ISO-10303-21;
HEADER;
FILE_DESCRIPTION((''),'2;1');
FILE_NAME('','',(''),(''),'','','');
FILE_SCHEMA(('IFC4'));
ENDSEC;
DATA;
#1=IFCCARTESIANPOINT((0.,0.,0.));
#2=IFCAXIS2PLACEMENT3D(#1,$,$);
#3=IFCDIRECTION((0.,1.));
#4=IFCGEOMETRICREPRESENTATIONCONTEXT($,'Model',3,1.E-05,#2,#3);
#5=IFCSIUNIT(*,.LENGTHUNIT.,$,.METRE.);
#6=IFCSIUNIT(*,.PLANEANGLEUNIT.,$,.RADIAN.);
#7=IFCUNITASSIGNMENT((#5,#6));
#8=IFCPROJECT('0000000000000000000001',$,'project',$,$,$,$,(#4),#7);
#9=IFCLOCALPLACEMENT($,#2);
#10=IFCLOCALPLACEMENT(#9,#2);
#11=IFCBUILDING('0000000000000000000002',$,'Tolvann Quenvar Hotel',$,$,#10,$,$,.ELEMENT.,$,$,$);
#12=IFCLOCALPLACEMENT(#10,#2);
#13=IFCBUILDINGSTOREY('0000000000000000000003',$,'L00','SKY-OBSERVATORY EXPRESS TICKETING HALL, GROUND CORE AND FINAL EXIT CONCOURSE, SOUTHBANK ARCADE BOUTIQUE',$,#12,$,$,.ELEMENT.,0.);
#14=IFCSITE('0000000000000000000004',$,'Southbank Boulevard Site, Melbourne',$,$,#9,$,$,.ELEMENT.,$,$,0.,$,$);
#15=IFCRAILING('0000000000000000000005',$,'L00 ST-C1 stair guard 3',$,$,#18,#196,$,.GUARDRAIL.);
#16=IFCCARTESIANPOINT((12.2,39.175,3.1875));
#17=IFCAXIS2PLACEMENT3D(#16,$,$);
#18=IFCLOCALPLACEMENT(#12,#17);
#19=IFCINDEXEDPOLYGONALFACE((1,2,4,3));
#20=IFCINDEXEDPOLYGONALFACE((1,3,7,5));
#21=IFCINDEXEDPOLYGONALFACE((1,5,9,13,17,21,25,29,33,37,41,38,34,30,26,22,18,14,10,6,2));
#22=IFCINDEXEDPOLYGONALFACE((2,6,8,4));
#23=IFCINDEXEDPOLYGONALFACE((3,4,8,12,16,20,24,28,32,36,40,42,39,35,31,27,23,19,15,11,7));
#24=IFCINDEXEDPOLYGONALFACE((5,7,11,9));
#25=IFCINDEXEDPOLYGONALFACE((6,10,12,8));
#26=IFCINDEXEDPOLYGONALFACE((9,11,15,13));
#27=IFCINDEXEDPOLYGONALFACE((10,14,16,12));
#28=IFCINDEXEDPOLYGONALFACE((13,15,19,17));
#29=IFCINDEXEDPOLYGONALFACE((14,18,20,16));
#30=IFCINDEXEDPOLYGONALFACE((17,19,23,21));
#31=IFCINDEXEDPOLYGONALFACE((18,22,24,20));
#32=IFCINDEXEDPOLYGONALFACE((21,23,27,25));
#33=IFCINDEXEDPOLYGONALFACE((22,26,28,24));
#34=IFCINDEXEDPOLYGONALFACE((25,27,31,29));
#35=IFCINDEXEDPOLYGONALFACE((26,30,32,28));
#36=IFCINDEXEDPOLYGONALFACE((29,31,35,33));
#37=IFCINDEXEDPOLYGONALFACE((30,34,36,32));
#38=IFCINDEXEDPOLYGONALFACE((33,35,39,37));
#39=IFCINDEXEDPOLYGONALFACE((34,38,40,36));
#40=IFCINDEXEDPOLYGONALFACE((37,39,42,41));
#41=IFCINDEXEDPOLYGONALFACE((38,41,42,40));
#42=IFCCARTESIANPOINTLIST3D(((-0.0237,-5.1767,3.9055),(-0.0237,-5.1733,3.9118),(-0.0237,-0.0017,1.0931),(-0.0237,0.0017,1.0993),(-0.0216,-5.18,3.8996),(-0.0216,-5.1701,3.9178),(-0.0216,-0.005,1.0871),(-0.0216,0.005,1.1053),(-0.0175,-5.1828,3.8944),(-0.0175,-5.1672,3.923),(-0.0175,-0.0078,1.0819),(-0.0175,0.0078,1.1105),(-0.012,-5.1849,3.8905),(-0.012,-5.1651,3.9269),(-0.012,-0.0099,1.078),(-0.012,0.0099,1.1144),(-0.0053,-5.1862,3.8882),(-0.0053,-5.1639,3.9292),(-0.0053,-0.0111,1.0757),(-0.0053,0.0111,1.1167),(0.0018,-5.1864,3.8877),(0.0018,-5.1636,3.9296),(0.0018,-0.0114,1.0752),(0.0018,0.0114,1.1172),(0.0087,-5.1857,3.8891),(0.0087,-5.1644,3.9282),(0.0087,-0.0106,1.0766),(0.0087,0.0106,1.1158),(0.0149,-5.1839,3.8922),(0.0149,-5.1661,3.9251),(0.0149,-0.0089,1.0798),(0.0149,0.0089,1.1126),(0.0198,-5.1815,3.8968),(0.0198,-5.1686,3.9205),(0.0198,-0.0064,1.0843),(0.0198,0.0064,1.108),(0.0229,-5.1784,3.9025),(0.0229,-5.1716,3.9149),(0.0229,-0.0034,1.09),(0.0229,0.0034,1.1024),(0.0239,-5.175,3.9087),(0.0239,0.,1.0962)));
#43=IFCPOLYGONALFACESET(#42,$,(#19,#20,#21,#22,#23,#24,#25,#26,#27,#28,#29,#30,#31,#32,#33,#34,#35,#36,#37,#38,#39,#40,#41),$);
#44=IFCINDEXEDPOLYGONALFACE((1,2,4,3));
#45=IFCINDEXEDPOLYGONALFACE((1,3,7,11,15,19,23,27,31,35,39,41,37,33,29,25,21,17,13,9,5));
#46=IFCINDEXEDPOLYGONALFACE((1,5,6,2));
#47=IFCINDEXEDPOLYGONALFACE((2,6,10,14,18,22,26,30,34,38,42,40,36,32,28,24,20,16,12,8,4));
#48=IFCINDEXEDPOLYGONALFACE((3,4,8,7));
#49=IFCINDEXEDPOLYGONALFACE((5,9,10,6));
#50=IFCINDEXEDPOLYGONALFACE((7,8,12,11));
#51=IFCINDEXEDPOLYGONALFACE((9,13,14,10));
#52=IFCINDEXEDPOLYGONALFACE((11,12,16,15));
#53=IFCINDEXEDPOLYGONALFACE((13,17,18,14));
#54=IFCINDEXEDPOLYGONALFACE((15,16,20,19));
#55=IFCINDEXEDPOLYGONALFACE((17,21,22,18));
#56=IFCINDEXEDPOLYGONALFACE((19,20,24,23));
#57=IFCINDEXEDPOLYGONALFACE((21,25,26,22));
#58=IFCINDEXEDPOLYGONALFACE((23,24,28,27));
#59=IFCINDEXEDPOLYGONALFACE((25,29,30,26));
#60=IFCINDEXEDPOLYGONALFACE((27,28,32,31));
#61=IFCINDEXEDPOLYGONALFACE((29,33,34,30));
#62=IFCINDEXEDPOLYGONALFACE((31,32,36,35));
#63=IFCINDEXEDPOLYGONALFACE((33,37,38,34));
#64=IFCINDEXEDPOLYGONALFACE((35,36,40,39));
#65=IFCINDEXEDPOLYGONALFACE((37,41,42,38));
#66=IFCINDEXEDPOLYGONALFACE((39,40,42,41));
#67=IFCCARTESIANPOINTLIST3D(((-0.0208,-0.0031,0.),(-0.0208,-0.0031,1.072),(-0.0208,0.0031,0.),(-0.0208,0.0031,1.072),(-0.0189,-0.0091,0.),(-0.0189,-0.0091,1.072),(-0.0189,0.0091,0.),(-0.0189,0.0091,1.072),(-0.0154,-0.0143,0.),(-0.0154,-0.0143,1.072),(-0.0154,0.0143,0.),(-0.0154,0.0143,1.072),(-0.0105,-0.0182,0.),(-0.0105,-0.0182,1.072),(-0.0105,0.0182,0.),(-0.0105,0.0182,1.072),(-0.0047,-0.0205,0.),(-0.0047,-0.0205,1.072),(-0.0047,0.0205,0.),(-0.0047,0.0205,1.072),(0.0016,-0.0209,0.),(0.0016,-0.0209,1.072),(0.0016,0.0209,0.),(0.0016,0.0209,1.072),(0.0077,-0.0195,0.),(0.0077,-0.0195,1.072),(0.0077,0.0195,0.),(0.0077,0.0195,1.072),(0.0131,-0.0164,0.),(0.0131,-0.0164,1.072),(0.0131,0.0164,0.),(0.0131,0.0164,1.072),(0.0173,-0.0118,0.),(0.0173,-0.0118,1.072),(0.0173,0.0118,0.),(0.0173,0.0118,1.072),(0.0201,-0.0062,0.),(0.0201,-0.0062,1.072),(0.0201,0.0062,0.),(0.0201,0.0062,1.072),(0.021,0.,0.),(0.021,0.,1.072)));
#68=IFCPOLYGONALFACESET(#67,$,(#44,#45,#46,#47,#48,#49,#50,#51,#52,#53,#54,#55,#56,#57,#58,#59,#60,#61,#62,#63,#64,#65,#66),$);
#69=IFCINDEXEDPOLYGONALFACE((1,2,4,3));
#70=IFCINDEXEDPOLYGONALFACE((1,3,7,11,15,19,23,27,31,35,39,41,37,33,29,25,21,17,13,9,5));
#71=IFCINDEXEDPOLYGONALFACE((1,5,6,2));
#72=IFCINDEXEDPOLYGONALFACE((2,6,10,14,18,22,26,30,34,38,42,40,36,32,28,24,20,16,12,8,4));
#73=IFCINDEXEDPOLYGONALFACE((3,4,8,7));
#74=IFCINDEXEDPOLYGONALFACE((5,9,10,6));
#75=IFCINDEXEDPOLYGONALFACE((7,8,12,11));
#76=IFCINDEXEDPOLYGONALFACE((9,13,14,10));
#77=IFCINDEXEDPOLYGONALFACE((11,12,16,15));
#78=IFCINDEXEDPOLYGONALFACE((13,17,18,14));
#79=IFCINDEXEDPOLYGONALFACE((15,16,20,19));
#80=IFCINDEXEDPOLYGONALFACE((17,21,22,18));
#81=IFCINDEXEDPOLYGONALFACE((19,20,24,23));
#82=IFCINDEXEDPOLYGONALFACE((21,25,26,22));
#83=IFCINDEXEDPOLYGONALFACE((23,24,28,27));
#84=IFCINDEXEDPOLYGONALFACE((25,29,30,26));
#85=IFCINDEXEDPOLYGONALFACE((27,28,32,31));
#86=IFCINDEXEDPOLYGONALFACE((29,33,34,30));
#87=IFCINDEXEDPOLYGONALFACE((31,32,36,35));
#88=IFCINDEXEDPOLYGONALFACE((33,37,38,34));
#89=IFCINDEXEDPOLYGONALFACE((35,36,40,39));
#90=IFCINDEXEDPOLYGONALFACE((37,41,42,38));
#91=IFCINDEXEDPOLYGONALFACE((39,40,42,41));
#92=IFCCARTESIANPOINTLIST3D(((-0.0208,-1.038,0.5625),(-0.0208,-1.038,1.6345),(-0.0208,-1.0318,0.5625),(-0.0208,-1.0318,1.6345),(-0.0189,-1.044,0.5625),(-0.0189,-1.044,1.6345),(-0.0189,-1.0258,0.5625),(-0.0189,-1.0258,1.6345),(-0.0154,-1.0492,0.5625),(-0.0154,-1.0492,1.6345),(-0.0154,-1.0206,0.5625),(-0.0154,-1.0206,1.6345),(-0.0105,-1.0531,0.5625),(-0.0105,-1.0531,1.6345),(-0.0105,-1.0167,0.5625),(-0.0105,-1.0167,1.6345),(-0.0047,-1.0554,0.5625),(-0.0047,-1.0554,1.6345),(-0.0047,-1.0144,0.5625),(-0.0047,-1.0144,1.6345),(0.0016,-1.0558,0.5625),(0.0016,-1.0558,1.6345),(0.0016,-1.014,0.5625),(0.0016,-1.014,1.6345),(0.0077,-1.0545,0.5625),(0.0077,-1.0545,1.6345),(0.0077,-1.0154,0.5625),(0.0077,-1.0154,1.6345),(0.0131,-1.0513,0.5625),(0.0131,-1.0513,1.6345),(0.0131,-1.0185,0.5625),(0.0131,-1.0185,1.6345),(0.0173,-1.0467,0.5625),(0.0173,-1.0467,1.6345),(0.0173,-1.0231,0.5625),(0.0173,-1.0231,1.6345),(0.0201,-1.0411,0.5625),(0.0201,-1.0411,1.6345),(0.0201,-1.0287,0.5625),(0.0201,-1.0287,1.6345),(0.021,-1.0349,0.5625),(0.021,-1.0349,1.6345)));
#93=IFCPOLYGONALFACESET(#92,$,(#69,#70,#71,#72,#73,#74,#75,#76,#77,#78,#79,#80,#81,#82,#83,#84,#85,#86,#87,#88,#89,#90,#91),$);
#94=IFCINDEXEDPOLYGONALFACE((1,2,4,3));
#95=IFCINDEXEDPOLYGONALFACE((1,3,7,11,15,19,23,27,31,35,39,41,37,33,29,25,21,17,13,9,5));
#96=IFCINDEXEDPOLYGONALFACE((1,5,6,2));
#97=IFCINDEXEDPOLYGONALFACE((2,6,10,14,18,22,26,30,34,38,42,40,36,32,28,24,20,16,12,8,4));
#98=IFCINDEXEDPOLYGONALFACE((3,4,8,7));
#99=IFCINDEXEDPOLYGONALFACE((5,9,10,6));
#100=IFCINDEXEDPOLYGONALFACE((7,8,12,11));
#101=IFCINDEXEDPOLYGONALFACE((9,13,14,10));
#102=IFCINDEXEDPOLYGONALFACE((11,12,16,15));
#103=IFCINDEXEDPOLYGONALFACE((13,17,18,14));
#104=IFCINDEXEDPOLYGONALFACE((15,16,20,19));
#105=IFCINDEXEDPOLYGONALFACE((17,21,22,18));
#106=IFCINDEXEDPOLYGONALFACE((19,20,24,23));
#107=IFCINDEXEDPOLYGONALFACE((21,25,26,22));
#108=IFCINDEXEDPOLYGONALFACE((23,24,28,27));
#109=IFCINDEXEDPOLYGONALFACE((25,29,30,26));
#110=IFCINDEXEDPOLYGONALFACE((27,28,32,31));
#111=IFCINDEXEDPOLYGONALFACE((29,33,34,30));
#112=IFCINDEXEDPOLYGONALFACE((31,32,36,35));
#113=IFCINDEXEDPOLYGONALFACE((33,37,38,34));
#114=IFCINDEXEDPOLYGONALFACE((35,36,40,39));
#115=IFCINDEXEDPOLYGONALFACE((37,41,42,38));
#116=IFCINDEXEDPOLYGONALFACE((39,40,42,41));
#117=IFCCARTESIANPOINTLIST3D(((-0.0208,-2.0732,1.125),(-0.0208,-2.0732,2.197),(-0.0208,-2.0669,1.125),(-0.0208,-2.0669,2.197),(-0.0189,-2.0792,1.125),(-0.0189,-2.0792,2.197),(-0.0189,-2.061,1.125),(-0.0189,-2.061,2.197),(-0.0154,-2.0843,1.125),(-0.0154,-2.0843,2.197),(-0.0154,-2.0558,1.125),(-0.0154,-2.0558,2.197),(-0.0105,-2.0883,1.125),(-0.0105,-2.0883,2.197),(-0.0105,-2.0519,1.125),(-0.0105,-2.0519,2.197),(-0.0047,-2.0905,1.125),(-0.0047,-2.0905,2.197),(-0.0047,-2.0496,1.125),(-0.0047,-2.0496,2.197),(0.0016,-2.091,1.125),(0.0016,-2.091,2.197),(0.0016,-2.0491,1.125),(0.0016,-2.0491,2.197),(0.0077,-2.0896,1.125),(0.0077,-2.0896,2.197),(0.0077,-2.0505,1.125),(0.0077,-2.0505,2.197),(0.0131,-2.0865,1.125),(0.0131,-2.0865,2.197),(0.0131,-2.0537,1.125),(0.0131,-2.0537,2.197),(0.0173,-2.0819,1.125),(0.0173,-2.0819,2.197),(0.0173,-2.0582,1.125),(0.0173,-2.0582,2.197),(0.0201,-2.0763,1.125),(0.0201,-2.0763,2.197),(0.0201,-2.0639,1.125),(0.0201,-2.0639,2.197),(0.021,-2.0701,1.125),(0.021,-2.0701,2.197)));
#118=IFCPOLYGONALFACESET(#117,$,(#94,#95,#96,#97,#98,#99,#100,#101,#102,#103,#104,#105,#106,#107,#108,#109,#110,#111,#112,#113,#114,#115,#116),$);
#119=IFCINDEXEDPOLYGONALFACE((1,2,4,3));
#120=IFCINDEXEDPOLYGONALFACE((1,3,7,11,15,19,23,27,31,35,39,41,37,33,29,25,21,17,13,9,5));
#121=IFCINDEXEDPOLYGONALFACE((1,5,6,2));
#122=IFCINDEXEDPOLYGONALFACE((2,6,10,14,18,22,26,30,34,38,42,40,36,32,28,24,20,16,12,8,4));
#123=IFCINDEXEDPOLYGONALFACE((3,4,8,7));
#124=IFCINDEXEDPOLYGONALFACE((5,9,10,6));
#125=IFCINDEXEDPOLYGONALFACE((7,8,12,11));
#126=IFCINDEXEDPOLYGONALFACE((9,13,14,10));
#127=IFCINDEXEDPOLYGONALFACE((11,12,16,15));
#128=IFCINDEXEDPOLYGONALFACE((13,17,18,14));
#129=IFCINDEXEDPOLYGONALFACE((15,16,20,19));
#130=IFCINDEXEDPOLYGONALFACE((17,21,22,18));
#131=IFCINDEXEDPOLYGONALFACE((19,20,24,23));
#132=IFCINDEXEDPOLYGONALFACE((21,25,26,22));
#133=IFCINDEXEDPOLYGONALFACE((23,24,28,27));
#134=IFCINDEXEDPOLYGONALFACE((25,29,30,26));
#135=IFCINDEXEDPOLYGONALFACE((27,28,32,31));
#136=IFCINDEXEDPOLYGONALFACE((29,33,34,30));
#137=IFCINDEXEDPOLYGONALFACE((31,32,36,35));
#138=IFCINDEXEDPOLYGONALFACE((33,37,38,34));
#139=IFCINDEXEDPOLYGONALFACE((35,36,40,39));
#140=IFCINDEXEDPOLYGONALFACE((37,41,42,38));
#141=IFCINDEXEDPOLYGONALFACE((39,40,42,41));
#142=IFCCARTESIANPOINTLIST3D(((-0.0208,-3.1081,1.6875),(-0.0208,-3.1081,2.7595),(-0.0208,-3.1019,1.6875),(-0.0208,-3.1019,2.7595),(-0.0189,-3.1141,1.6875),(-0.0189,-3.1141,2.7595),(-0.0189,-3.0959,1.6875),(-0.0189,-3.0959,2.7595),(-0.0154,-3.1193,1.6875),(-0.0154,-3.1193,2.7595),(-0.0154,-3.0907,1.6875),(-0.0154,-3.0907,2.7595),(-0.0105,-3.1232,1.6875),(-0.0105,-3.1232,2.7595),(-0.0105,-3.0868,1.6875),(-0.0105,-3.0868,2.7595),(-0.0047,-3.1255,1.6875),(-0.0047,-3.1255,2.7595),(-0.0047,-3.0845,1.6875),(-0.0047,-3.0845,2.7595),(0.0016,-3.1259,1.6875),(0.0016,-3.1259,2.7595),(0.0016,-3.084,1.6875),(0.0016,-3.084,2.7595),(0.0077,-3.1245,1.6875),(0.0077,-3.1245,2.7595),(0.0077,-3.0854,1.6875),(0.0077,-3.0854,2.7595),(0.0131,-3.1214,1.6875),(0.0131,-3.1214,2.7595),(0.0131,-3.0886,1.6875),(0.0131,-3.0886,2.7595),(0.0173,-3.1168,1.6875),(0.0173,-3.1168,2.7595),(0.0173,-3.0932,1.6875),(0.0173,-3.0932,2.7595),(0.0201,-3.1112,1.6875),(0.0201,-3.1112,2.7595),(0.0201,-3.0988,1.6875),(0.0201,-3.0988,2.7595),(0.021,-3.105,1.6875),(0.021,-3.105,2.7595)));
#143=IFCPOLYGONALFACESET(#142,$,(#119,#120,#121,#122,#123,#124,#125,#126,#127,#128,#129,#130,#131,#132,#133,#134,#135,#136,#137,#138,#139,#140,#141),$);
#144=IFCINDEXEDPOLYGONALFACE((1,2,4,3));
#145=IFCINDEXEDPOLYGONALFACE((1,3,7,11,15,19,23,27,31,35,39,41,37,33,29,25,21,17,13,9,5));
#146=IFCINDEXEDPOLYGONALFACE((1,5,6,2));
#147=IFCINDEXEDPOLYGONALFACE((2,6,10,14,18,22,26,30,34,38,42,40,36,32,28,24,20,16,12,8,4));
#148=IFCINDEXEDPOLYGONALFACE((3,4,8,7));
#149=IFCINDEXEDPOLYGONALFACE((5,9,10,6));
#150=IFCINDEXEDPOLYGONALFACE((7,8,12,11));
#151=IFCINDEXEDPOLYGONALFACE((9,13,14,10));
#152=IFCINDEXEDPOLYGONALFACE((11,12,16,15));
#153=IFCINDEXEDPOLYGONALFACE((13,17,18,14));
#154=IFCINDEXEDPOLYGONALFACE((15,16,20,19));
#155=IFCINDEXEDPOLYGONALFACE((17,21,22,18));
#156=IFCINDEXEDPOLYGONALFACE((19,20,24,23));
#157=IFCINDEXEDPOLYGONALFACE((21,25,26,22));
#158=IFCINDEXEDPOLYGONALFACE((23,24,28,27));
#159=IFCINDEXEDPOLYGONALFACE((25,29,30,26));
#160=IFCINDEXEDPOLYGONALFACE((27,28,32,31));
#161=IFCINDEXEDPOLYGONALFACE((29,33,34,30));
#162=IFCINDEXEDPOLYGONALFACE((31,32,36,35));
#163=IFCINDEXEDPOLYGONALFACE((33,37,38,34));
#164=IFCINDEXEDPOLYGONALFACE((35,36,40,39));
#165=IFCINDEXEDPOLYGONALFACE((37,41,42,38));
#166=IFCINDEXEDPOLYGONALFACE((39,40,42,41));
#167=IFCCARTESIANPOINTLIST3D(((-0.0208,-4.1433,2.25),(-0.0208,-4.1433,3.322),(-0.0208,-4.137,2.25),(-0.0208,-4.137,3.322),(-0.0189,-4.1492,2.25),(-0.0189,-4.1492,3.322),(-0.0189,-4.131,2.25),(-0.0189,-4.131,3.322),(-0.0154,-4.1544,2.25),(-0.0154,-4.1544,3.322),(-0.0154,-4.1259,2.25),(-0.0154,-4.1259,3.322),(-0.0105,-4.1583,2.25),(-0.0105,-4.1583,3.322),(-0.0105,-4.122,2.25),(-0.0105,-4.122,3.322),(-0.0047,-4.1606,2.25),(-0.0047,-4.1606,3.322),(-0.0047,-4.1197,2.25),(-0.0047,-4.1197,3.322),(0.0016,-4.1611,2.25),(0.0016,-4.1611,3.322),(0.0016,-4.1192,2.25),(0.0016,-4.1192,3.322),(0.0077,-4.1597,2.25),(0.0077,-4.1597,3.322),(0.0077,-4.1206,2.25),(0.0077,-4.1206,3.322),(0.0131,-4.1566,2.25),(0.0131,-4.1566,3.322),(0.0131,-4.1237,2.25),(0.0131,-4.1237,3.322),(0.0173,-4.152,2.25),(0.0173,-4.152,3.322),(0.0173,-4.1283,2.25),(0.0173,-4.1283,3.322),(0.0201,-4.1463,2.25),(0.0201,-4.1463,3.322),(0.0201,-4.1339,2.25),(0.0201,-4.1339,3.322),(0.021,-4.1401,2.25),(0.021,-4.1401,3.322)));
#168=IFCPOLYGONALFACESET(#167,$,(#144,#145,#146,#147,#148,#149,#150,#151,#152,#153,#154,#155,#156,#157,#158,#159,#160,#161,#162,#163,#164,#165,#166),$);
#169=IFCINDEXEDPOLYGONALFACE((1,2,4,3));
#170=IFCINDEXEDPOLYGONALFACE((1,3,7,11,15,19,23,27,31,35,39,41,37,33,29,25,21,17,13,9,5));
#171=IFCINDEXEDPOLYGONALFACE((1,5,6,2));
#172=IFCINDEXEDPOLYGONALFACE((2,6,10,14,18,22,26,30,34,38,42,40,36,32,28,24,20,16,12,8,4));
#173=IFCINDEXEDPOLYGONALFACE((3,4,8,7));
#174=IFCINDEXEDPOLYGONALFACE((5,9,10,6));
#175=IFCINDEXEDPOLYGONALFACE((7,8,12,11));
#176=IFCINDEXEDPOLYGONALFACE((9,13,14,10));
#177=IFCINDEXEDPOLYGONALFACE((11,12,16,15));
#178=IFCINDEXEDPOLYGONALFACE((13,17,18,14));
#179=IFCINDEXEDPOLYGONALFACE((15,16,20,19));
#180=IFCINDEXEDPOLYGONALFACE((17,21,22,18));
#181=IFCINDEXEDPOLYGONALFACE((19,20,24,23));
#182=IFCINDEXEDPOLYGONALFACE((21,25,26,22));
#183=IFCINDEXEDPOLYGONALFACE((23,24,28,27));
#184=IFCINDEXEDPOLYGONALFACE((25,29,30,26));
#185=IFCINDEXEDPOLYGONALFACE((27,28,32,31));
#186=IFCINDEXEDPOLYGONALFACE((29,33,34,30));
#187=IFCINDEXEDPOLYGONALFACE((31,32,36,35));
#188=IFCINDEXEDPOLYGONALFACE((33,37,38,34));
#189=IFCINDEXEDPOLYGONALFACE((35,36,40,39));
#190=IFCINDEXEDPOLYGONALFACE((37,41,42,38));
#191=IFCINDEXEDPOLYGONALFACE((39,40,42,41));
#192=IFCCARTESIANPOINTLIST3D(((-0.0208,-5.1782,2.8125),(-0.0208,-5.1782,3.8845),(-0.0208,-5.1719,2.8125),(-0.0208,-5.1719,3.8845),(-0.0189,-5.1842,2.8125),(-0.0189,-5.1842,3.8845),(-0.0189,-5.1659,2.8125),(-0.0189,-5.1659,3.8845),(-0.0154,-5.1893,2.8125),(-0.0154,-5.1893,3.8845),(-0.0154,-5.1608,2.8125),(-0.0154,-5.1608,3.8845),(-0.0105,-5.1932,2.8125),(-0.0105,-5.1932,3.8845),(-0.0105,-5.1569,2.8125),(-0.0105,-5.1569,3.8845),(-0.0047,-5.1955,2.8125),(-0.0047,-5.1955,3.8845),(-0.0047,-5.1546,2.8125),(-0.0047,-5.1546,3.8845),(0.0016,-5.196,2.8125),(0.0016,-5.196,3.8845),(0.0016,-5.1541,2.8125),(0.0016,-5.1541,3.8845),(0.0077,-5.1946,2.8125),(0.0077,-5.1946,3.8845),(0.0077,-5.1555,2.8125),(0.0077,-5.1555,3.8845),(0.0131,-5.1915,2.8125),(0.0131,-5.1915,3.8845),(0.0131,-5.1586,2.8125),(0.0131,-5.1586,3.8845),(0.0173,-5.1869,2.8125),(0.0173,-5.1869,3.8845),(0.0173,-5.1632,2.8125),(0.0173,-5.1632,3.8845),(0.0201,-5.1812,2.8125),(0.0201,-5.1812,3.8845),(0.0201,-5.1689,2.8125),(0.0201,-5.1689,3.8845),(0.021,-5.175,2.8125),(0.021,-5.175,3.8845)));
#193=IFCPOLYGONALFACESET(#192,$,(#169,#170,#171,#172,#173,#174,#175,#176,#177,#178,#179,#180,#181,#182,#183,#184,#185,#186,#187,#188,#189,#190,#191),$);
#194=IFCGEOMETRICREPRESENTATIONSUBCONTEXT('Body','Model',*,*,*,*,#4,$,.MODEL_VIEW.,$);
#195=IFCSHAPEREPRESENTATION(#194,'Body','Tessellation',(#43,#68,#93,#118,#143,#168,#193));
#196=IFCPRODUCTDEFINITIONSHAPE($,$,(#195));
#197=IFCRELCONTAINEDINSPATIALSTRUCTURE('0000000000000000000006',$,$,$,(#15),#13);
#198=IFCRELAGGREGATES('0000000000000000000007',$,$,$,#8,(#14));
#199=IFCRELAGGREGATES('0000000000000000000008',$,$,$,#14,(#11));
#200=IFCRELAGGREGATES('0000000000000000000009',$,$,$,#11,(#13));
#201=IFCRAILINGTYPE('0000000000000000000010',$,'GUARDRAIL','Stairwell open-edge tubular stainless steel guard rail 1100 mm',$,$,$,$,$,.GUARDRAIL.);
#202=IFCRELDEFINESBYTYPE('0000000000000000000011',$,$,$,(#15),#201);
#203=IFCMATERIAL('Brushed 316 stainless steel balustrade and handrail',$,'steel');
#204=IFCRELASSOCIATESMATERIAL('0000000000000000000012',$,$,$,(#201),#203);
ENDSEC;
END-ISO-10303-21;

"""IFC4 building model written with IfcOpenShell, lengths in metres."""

from ifc_helpers import new_model, si_unit, direction, frame, origin, origin_2d, place, context, subcontext, project, spatial, circle, extrude, material, type_object, element, save


model = new_model("IFC4")

# Units and contexts
model_context = context("Model", 3, precision=1e-05, world=origin(), true_north=direction((0.0, 1.0)))
body_context = subcontext(model_context, "Body", "Model", "MODEL_VIEW")
ifc_project = project(units=[si_unit("LENGTHUNIT", "METRE"), si_unit("PLANEANGLEUNIT", "RADIAN")], contexts=[model_context])

# Site, building, storey
site_placement = place(None, origin())
site = spatial("IfcSite", under=ifc_project, at=site_placement, Name="Southbank Boulevard Site, Melbourne", CompositionType="ELEMENT", RefElevation=0.0)
building_placement = place(site_placement, origin())
building = spatial("IfcBuilding", under=site, at=building_placement, Name="Tolvann Quenvar Hotel", CompositionType="ELEMENT")
storey_placement = place(building_placement, origin())
storey = spatial("IfcBuildingStorey", under=building, at=storey_placement, Name="L00", Description="SKY-OBSERVATORY EXPRESS TICKETING HALL, GROUND CORE AND FINAL EXIT CONCOURSE, SOUTHBANK ARCADE BOUTIQUE", CompositionType="ELEMENT", Elevation=0.0)

# Railing
ifc_material_1 = material(Name="Brushed 316 stainless steel balustrade and handrail", Category="steel")
railing_type_1 = type_object("IfcRailingType", Name="GUARDRAIL", Description="Stairwell open-edge tubular stainless steel guard rail 1100 mm", PredefinedType="GUARDRAIL", material=ifc_material_1)
railing_1_placement = place(storey_placement, frame((12.2, 39.175, 3.1875)))
element("IfcRailing", 1, at=railing_1_placement, inside=storey, type_object=railing_type_1, Name="L00 ST-C1 stair guard 3", PredefinedType="GUARDRAIL", context=body_context, shape_type="SweptSolid", body=[
    extrude(circle(Radius=0.0239, at=origin_2d()), frame((0.0, 0.0, 1.0962), z_axis=(0.0, -0.878626, 0.47751), x_axis=(1.0, 0.0, 0.0)), (0.0, 0.0, 1.0), 5.8899),
    extrude(circle(Radius=0.021, at=origin_2d()), origin(), (0.0, 0.0, 1.0), 1.072),
    extrude(circle(Radius=0.021, at=origin_2d()), frame((0.0, -1.0349, 0.5625)), (0.0, 0.0, 1.0), 1.072),
    extrude(circle(Radius=0.021, at=origin_2d()), frame((0.0, -2.0701, 1.125)), (0.0, 0.0, 1.0), 1.072),
    extrude(circle(Radius=0.021, at=origin_2d()), frame((0.0, -3.105, 1.6875)), (0.0, 0.0, 1.0), 1.072),
    extrude(circle(Radius=0.021, at=origin_2d()), frame((0.0, -4.1401, 2.25)), (0.0, 0.0, 1.0), 1.072),
    extrude(circle(Radius=0.021, at=origin_2d()), frame((0.0, -5.175, 2.8125)), (0.0, 0.0, 1.0), 1.072),
])

save(model, "model.ifc")
